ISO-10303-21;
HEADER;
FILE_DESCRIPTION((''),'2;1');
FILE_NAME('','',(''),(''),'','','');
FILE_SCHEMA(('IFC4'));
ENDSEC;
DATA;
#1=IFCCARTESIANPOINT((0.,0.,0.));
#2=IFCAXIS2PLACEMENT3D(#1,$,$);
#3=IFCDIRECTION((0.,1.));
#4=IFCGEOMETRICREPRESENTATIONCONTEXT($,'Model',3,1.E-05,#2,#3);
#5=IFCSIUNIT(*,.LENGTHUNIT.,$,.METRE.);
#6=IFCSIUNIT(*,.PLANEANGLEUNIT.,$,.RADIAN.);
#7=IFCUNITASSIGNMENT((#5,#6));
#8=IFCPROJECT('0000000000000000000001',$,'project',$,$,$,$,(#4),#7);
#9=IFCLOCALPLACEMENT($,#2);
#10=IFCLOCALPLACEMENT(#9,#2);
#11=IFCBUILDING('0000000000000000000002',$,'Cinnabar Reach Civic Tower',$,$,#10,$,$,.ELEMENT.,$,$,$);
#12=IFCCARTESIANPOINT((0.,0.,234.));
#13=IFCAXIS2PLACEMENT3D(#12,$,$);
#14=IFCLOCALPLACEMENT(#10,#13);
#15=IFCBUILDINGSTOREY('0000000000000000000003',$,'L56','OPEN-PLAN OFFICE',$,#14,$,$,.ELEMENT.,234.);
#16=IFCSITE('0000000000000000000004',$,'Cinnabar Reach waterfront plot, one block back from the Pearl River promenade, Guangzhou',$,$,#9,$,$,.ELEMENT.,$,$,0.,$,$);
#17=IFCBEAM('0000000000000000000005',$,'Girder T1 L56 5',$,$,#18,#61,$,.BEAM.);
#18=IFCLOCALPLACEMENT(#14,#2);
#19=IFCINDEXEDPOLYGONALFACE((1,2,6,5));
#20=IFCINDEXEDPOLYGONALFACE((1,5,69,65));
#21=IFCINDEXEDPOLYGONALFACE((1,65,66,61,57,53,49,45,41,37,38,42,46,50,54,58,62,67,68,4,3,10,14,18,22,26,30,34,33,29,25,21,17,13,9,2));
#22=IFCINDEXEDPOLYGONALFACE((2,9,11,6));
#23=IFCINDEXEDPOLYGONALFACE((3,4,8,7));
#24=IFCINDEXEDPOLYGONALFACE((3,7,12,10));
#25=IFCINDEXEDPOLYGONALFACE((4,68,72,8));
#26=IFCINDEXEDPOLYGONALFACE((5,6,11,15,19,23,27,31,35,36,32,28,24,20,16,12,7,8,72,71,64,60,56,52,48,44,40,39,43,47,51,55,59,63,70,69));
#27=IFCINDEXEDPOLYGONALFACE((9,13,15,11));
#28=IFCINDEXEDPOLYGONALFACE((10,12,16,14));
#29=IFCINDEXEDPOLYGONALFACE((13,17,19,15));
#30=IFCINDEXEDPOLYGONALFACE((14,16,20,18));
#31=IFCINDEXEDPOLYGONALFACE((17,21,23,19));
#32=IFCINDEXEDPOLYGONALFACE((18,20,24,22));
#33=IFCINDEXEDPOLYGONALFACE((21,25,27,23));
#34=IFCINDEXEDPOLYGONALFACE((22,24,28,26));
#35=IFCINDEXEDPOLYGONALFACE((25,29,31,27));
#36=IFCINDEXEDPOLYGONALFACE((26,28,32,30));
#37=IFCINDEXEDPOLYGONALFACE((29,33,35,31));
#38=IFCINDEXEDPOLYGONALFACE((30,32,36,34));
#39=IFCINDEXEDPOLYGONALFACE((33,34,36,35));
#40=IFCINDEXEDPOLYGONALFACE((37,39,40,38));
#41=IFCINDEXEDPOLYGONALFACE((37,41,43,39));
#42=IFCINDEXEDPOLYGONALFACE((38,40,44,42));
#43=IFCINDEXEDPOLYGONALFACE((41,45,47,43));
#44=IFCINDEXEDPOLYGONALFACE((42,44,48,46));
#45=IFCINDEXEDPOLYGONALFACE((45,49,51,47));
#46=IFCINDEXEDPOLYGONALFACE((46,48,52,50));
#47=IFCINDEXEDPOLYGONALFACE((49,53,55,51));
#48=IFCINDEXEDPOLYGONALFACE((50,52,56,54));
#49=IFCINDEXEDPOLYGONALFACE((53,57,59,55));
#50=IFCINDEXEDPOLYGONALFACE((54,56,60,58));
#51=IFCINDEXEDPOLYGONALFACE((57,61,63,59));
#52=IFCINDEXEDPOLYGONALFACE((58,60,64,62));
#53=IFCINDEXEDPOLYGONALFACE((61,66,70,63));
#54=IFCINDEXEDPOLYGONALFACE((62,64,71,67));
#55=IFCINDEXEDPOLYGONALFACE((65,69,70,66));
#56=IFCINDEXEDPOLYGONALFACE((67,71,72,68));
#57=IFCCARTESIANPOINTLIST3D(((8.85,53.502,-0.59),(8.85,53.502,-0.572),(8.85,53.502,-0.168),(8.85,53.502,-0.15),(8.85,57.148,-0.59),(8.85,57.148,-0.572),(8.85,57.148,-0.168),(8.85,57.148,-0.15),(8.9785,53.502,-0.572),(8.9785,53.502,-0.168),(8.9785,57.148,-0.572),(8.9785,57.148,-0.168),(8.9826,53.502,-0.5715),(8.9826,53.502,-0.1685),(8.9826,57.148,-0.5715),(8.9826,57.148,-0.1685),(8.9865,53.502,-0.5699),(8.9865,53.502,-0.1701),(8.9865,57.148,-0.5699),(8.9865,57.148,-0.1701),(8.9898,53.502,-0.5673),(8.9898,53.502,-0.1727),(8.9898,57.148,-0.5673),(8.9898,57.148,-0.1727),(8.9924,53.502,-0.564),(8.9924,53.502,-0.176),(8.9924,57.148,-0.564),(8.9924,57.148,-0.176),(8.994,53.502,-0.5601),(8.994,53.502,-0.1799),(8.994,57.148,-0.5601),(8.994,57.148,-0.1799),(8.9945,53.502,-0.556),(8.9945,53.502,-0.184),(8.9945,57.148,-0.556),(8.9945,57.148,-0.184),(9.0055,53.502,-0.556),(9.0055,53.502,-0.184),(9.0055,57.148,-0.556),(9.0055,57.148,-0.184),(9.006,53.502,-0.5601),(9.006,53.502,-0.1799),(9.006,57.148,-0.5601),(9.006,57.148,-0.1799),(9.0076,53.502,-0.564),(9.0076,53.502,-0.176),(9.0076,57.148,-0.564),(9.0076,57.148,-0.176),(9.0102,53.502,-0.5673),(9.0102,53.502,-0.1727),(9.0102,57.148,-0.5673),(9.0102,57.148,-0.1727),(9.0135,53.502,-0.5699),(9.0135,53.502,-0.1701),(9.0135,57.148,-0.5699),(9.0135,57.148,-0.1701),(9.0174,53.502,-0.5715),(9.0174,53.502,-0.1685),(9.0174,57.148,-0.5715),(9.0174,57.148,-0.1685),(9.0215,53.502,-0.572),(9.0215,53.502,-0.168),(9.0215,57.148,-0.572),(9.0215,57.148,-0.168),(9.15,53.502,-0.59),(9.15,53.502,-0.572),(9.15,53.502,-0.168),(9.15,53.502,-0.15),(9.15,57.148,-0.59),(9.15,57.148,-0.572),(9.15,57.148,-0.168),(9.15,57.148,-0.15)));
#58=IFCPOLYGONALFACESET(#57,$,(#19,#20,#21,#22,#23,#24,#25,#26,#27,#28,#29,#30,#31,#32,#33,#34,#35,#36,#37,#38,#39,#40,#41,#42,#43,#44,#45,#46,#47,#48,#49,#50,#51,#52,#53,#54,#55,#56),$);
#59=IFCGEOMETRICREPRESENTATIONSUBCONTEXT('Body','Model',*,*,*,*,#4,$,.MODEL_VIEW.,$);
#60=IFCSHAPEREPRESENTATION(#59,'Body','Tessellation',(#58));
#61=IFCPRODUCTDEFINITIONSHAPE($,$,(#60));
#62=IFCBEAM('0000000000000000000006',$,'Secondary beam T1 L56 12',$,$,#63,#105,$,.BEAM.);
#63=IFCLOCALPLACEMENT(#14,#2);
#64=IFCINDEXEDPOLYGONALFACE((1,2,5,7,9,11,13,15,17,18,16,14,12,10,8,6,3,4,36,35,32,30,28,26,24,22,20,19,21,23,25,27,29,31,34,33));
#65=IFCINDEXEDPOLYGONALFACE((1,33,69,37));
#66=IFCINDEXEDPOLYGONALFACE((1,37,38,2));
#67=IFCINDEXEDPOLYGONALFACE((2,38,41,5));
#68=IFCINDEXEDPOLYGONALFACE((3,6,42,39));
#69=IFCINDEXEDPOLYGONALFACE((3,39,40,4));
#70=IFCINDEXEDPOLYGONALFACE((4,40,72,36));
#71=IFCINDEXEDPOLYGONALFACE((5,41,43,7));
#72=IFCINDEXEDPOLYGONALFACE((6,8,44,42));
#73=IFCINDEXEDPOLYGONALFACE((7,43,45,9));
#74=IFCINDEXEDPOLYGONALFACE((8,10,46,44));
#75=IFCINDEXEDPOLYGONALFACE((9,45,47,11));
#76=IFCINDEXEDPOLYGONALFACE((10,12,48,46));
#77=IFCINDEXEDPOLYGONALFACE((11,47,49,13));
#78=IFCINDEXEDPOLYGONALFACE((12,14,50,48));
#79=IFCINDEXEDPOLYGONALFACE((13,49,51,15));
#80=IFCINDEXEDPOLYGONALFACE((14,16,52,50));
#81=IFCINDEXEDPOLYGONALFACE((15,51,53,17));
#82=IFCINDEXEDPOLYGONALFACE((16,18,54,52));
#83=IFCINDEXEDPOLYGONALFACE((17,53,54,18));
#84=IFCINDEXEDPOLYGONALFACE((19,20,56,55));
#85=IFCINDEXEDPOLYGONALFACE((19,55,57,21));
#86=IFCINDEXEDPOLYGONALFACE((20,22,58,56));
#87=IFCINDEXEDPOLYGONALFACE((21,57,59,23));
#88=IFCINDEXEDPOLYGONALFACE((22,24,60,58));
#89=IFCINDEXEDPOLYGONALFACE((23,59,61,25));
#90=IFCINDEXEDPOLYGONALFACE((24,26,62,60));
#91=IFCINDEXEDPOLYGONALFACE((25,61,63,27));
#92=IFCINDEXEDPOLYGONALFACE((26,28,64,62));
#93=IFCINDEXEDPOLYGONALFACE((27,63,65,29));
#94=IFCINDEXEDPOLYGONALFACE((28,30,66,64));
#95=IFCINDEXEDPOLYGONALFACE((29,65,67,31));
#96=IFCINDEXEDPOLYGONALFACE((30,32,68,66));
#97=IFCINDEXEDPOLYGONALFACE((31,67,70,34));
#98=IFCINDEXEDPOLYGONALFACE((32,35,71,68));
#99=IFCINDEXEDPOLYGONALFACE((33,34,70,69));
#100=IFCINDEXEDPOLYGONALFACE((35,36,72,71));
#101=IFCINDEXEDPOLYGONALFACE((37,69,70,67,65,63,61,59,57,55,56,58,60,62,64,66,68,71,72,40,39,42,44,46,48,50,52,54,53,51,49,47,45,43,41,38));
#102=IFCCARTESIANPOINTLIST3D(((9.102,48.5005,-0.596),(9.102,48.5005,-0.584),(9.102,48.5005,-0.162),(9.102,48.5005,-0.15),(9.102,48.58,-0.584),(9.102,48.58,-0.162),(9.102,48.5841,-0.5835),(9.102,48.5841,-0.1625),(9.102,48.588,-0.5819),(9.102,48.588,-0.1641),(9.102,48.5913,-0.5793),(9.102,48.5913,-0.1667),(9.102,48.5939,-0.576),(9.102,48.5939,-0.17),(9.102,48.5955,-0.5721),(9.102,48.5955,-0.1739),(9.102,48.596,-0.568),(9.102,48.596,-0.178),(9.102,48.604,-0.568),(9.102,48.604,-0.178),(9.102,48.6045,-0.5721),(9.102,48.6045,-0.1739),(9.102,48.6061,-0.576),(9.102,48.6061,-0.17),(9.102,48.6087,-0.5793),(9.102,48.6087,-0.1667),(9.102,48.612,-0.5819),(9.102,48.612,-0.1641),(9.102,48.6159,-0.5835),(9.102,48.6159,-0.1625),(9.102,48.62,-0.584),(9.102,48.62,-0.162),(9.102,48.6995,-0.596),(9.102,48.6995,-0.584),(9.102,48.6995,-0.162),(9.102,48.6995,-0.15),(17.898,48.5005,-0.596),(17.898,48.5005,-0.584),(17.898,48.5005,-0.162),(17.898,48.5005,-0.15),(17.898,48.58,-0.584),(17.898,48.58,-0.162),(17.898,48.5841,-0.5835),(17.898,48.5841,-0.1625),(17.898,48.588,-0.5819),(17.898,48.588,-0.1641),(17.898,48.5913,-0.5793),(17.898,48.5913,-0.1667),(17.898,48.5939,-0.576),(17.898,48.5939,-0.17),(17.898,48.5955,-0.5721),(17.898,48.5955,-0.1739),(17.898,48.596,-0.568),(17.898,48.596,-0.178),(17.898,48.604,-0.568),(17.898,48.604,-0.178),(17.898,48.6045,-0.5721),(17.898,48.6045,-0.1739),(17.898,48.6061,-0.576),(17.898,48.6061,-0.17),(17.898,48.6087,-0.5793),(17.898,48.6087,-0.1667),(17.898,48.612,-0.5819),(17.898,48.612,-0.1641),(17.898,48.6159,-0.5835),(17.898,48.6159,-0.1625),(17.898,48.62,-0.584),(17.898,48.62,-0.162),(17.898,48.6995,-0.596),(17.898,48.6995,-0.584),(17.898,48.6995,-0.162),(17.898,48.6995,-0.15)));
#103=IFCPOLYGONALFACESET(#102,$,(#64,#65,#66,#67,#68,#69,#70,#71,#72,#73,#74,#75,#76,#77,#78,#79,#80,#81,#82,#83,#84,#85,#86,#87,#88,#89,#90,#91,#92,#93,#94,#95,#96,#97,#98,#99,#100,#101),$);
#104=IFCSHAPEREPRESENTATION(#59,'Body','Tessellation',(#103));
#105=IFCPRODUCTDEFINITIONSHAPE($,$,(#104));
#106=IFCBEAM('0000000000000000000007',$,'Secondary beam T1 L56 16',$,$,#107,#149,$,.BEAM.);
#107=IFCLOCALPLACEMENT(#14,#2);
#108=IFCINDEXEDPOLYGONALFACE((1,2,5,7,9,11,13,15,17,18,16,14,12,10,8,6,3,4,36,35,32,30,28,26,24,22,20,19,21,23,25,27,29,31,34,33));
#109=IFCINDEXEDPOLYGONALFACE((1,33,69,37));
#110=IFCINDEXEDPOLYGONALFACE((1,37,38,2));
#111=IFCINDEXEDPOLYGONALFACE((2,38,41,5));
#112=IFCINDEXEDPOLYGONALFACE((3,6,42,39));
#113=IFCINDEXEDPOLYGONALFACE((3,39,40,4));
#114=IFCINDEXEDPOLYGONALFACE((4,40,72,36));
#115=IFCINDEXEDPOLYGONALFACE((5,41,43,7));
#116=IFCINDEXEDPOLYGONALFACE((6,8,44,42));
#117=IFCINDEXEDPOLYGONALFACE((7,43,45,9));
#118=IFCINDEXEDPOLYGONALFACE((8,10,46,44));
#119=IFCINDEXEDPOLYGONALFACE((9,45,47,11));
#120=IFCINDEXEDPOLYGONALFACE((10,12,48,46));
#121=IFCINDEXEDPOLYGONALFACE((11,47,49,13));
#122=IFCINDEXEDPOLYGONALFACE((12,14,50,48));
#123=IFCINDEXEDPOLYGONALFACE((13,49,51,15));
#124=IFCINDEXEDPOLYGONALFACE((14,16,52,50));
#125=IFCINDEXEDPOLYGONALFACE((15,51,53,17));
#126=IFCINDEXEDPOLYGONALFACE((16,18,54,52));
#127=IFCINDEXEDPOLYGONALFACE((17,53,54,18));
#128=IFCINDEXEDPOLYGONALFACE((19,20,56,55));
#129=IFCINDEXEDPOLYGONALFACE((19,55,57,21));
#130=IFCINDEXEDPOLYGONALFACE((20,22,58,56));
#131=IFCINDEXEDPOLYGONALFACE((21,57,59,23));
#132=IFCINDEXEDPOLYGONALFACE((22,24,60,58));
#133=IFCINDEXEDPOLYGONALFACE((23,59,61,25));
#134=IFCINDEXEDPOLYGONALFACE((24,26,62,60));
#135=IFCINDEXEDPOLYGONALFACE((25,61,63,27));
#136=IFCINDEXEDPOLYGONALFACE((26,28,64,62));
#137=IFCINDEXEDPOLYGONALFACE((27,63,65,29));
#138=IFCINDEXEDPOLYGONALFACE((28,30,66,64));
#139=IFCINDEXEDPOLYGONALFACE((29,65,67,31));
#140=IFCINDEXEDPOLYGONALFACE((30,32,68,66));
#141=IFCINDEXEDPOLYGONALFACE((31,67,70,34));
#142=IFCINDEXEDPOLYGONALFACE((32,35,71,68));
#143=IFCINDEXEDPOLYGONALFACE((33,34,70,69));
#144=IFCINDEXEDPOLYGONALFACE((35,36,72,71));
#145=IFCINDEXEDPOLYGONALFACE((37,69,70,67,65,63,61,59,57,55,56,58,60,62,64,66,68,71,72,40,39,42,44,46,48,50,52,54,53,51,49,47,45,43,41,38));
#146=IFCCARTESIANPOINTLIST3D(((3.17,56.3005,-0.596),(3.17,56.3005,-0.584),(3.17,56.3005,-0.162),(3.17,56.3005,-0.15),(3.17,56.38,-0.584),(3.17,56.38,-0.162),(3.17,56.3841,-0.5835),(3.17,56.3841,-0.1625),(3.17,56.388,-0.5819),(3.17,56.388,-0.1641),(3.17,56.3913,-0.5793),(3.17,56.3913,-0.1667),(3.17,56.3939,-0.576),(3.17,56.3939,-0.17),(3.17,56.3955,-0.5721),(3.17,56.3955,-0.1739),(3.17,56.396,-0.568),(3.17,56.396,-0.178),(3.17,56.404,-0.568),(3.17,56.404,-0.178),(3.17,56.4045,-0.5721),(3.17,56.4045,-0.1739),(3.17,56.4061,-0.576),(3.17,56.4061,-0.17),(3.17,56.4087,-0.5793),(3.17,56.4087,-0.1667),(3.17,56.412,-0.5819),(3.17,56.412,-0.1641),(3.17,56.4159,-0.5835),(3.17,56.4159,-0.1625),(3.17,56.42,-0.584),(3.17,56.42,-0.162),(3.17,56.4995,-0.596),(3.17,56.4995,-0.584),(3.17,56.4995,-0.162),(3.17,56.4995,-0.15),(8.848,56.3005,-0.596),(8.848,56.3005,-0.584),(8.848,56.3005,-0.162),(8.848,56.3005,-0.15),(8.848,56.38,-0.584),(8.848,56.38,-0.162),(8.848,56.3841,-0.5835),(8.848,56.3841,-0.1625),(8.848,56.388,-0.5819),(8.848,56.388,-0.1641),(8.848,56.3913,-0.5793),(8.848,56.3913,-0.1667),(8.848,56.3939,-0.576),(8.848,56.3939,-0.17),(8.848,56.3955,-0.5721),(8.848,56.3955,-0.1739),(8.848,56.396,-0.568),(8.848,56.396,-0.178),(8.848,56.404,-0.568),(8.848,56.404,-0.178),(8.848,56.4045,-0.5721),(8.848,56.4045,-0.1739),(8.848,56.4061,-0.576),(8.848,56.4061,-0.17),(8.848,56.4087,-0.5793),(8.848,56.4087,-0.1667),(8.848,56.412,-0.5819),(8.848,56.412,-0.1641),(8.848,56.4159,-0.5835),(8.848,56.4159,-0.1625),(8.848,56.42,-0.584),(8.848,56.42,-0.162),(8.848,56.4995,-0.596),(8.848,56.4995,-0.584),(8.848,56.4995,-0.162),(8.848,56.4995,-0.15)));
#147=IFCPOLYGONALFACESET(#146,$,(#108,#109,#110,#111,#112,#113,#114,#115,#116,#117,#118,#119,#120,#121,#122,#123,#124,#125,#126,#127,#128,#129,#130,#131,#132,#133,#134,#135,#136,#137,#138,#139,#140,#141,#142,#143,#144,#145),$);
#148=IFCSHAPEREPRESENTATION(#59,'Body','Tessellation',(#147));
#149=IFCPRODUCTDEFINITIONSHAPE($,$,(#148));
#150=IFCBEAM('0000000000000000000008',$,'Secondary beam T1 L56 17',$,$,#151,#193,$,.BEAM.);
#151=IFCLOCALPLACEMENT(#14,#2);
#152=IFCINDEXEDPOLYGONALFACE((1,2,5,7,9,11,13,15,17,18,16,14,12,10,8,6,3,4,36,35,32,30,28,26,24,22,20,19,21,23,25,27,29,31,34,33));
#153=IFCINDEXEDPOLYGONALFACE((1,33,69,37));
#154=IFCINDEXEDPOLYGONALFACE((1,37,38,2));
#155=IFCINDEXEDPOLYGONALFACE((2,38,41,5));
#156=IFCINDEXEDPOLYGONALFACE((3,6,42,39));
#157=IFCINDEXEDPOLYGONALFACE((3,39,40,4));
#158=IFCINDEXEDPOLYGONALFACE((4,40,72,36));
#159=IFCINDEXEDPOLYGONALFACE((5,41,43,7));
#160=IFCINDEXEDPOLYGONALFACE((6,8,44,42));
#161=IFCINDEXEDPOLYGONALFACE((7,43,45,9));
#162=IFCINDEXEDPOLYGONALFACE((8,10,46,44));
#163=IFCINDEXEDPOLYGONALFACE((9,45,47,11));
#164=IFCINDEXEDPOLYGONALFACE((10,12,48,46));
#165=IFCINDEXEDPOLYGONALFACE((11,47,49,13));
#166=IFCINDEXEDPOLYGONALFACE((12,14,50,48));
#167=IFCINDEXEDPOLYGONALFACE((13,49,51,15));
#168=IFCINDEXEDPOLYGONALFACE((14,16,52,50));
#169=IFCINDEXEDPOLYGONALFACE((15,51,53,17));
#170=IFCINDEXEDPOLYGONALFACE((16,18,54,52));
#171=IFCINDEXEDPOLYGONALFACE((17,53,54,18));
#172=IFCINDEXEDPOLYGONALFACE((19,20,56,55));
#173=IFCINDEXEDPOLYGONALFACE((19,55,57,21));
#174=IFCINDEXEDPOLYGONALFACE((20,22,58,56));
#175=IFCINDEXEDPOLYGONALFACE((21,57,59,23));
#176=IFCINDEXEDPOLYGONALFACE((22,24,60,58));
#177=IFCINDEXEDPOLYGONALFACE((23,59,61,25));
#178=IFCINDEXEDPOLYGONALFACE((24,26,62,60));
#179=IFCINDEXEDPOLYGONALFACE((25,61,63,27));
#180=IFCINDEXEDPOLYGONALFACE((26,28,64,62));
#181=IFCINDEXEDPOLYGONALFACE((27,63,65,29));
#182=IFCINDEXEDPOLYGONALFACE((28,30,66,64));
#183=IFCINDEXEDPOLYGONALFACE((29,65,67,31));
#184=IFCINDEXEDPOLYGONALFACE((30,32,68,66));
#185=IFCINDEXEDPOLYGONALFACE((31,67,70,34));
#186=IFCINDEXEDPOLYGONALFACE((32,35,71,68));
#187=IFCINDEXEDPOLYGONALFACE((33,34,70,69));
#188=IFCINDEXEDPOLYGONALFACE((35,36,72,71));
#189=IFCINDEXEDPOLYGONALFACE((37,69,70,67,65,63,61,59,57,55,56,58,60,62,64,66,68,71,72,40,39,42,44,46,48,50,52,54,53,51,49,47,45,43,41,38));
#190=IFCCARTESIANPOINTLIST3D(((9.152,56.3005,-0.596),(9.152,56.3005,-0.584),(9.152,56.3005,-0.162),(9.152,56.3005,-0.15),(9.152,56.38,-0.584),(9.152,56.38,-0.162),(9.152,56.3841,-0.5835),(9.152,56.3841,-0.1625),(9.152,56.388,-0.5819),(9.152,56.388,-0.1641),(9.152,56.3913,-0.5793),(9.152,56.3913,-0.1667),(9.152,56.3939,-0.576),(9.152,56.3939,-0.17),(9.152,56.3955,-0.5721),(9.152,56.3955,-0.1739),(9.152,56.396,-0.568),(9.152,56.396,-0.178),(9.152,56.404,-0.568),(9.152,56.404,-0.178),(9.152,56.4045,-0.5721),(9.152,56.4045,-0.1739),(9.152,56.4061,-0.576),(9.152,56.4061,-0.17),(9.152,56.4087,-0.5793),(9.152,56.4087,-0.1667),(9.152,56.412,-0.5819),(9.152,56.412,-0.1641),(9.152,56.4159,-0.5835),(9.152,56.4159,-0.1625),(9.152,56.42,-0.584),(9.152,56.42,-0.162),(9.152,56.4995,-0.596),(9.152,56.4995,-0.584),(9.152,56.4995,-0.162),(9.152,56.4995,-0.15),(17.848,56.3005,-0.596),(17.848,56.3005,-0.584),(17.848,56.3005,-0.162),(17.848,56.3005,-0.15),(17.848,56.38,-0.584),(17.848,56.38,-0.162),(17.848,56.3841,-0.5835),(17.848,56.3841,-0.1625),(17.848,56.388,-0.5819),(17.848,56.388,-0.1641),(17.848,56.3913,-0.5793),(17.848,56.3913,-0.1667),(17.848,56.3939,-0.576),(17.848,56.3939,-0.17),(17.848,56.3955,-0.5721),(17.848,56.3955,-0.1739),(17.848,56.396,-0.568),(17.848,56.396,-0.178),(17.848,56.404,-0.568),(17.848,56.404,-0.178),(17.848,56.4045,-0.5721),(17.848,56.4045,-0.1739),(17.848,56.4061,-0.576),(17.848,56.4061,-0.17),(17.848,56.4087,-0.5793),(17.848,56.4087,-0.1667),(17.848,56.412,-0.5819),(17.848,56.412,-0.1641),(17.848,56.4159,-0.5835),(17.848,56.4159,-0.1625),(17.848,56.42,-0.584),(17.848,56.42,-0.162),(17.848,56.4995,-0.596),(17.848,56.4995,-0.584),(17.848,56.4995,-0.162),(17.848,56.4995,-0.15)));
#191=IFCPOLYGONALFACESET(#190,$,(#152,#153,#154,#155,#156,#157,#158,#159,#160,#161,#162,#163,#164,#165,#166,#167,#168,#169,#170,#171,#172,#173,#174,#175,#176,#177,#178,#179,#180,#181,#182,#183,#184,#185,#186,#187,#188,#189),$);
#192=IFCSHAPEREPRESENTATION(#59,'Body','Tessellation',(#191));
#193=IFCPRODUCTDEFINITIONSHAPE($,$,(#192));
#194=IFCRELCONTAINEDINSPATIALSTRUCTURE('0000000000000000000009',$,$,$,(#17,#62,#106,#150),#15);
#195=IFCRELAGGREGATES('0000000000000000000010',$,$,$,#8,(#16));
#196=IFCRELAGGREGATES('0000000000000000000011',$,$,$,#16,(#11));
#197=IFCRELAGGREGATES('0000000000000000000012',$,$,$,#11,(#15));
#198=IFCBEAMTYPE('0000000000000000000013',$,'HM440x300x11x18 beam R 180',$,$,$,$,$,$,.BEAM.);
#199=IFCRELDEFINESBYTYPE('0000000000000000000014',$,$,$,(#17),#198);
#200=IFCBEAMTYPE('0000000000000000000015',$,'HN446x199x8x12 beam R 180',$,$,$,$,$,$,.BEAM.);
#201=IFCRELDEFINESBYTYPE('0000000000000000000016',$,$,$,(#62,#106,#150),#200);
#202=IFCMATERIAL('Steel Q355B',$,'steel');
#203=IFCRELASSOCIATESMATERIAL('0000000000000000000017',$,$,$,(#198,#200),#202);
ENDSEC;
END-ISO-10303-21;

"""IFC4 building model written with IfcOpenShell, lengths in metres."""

from ifc_helpers import new_model, si_unit, direction, frame, origin, origin_2d, place, context, subcontext, project, spatial, i_section, extrude, material, material_profile, profile_set, type_object, element, save


model = new_model("IFC4")

# Units and contexts
model_context = context("Model", 3, precision=1e-05, world=origin(), true_north=direction((0.0, 1.0)))
body_context = subcontext(model_context, "Body", "Model", "MODEL_VIEW")
ifc_project = project(units=[si_unit("LENGTHUNIT", "METRE"), si_unit("PLANEANGLEUNIT", "RADIAN")], contexts=[model_context])

# Site, building, storey
site_placement = place(None, origin())
site = spatial("IfcSite", under=ifc_project, at=site_placement, Name="Cinnabar Reach waterfront plot, one block back from the Pearl River promenade, Guangzhou", CompositionType="ELEMENT", RefElevation=0.0)
building_placement = place(site_placement, origin())
building = spatial("IfcBuilding", under=site, at=building_placement, Name="Cinnabar Reach Civic Tower", CompositionType="ELEMENT")
storey_placement = place(building_placement, frame((0.0, 0.0, 234.0)))
storey = spatial("IfcBuildingStorey", under=building, at=storey_placement, Name="L56", Description="OPEN-PLAN OFFICE", CompositionType="ELEMENT", Elevation=234.0)

# Beams
ifc_material_1 = material(Name="Steel Q355B", Category="steel")
ifc_material_profile_1 = material_profile(ifc_material_1, i_section(OverallWidth=0.3, OverallDepth=0.44, WebThickness=0.011, FlangeThickness=0.018, FilletRadius=0.016, at=origin_2d()), Name="HM440x300x11x18")
ifc_profile_set_1 = profile_set([ifc_material_profile_1], Name="Steel Q355B")
beam_type_1 = type_object("IfcBeamType", Name="HM440x300x11x18 beam R 180", PredefinedType="BEAM", material=ifc_profile_set_1)
beam_1_placement = place(storey_placement, frame((9.0, 53.502, -0.37), z_axis=(0.0, 1.0, 0.0), x_axis=(-1.0, 0.0, 0.0)))
element("IfcBeam", 1, at=beam_1_placement, inside=storey, type_object=beam_type_1, Name="Girder T1 L56 5", PredefinedType="BEAM", context=body_context, shape_type="SweptSolid", body=[
    extrude(i_section(OverallWidth=0.3, OverallDepth=0.44, WebThickness=0.011, FlangeThickness=0.018, FilletRadius=0.016, at=origin_2d()), origin(), (0.0, 0.0, 1.0), 3.646),
])
ifc_material_profile_2 = material_profile(ifc_material_1, i_section(OverallWidth=0.199, OverallDepth=0.446, WebThickness=0.008, FlangeThickness=0.012, FilletRadius=0.016, at=origin_2d()), Name="HN446x199x8x12")
ifc_profile_set_2 = profile_set([ifc_material_profile_2], Name="Steel Q355B")
beam_type_2 = type_object("IfcBeamType", Name="HN446x199x8x12 beam R 180", PredefinedType="BEAM", material=ifc_profile_set_2)
beam_2_placement = place(storey_placement, frame((9.102, 48.6, -0.373), z_axis=(1.0, 0.0, 0.0), x_axis=(0.0, 1.0, 0.0)))
element("IfcBeam", 2, at=beam_2_placement, inside=storey, type_object=beam_type_2, Name="Secondary beam T1 L56 12", PredefinedType="BEAM", context=body_context, shape_type="SweptSolid", body=[
    extrude(i_section(OverallWidth=0.199, OverallDepth=0.446, WebThickness=0.008, FlangeThickness=0.012, FilletRadius=0.016, at=origin_2d()), origin(), (0.0, 0.0, 1.0), 8.796),
])
beam_3_placement = place(storey_placement, frame((3.17, 56.4, -0.373), z_axis=(1.0, 0.0, 0.0), x_axis=(0.0, 1.0, 0.0)))
element("IfcBeam", 3, at=beam_3_placement, inside=storey, type_object=beam_type_2, Name="Secondary beam T1 L56 16", PredefinedType="BEAM", context=body_context, shape_type="SweptSolid", body=[
    extrude(i_section(OverallWidth=0.199, OverallDepth=0.446, WebThickness=0.008, FlangeThickness=0.012, FilletRadius=0.016, at=origin_2d()), origin(), (0.0, 0.0, 1.0), 5.678),
])
beam_4_placement = place(storey_placement, frame((9.152, 56.4, -0.373), z_axis=(1.0, 0.0, 0.0), x_axis=(0.0, 1.0, 0.0)))
element("IfcBeam", 4, at=beam_4_placement, inside=storey, type_object=beam_type_2, Name="Secondary beam T1 L56 17", PredefinedType="BEAM", context=body_context, shape_type="SweptSolid", body=[
    extrude(i_section(OverallWidth=0.199, OverallDepth=0.446, WebThickness=0.008, FlangeThickness=0.012, FilletRadius=0.016, at=origin_2d()), origin(), (0.0, 0.0, 1.0), 8.696),
])

save(model, "model.ifc")
